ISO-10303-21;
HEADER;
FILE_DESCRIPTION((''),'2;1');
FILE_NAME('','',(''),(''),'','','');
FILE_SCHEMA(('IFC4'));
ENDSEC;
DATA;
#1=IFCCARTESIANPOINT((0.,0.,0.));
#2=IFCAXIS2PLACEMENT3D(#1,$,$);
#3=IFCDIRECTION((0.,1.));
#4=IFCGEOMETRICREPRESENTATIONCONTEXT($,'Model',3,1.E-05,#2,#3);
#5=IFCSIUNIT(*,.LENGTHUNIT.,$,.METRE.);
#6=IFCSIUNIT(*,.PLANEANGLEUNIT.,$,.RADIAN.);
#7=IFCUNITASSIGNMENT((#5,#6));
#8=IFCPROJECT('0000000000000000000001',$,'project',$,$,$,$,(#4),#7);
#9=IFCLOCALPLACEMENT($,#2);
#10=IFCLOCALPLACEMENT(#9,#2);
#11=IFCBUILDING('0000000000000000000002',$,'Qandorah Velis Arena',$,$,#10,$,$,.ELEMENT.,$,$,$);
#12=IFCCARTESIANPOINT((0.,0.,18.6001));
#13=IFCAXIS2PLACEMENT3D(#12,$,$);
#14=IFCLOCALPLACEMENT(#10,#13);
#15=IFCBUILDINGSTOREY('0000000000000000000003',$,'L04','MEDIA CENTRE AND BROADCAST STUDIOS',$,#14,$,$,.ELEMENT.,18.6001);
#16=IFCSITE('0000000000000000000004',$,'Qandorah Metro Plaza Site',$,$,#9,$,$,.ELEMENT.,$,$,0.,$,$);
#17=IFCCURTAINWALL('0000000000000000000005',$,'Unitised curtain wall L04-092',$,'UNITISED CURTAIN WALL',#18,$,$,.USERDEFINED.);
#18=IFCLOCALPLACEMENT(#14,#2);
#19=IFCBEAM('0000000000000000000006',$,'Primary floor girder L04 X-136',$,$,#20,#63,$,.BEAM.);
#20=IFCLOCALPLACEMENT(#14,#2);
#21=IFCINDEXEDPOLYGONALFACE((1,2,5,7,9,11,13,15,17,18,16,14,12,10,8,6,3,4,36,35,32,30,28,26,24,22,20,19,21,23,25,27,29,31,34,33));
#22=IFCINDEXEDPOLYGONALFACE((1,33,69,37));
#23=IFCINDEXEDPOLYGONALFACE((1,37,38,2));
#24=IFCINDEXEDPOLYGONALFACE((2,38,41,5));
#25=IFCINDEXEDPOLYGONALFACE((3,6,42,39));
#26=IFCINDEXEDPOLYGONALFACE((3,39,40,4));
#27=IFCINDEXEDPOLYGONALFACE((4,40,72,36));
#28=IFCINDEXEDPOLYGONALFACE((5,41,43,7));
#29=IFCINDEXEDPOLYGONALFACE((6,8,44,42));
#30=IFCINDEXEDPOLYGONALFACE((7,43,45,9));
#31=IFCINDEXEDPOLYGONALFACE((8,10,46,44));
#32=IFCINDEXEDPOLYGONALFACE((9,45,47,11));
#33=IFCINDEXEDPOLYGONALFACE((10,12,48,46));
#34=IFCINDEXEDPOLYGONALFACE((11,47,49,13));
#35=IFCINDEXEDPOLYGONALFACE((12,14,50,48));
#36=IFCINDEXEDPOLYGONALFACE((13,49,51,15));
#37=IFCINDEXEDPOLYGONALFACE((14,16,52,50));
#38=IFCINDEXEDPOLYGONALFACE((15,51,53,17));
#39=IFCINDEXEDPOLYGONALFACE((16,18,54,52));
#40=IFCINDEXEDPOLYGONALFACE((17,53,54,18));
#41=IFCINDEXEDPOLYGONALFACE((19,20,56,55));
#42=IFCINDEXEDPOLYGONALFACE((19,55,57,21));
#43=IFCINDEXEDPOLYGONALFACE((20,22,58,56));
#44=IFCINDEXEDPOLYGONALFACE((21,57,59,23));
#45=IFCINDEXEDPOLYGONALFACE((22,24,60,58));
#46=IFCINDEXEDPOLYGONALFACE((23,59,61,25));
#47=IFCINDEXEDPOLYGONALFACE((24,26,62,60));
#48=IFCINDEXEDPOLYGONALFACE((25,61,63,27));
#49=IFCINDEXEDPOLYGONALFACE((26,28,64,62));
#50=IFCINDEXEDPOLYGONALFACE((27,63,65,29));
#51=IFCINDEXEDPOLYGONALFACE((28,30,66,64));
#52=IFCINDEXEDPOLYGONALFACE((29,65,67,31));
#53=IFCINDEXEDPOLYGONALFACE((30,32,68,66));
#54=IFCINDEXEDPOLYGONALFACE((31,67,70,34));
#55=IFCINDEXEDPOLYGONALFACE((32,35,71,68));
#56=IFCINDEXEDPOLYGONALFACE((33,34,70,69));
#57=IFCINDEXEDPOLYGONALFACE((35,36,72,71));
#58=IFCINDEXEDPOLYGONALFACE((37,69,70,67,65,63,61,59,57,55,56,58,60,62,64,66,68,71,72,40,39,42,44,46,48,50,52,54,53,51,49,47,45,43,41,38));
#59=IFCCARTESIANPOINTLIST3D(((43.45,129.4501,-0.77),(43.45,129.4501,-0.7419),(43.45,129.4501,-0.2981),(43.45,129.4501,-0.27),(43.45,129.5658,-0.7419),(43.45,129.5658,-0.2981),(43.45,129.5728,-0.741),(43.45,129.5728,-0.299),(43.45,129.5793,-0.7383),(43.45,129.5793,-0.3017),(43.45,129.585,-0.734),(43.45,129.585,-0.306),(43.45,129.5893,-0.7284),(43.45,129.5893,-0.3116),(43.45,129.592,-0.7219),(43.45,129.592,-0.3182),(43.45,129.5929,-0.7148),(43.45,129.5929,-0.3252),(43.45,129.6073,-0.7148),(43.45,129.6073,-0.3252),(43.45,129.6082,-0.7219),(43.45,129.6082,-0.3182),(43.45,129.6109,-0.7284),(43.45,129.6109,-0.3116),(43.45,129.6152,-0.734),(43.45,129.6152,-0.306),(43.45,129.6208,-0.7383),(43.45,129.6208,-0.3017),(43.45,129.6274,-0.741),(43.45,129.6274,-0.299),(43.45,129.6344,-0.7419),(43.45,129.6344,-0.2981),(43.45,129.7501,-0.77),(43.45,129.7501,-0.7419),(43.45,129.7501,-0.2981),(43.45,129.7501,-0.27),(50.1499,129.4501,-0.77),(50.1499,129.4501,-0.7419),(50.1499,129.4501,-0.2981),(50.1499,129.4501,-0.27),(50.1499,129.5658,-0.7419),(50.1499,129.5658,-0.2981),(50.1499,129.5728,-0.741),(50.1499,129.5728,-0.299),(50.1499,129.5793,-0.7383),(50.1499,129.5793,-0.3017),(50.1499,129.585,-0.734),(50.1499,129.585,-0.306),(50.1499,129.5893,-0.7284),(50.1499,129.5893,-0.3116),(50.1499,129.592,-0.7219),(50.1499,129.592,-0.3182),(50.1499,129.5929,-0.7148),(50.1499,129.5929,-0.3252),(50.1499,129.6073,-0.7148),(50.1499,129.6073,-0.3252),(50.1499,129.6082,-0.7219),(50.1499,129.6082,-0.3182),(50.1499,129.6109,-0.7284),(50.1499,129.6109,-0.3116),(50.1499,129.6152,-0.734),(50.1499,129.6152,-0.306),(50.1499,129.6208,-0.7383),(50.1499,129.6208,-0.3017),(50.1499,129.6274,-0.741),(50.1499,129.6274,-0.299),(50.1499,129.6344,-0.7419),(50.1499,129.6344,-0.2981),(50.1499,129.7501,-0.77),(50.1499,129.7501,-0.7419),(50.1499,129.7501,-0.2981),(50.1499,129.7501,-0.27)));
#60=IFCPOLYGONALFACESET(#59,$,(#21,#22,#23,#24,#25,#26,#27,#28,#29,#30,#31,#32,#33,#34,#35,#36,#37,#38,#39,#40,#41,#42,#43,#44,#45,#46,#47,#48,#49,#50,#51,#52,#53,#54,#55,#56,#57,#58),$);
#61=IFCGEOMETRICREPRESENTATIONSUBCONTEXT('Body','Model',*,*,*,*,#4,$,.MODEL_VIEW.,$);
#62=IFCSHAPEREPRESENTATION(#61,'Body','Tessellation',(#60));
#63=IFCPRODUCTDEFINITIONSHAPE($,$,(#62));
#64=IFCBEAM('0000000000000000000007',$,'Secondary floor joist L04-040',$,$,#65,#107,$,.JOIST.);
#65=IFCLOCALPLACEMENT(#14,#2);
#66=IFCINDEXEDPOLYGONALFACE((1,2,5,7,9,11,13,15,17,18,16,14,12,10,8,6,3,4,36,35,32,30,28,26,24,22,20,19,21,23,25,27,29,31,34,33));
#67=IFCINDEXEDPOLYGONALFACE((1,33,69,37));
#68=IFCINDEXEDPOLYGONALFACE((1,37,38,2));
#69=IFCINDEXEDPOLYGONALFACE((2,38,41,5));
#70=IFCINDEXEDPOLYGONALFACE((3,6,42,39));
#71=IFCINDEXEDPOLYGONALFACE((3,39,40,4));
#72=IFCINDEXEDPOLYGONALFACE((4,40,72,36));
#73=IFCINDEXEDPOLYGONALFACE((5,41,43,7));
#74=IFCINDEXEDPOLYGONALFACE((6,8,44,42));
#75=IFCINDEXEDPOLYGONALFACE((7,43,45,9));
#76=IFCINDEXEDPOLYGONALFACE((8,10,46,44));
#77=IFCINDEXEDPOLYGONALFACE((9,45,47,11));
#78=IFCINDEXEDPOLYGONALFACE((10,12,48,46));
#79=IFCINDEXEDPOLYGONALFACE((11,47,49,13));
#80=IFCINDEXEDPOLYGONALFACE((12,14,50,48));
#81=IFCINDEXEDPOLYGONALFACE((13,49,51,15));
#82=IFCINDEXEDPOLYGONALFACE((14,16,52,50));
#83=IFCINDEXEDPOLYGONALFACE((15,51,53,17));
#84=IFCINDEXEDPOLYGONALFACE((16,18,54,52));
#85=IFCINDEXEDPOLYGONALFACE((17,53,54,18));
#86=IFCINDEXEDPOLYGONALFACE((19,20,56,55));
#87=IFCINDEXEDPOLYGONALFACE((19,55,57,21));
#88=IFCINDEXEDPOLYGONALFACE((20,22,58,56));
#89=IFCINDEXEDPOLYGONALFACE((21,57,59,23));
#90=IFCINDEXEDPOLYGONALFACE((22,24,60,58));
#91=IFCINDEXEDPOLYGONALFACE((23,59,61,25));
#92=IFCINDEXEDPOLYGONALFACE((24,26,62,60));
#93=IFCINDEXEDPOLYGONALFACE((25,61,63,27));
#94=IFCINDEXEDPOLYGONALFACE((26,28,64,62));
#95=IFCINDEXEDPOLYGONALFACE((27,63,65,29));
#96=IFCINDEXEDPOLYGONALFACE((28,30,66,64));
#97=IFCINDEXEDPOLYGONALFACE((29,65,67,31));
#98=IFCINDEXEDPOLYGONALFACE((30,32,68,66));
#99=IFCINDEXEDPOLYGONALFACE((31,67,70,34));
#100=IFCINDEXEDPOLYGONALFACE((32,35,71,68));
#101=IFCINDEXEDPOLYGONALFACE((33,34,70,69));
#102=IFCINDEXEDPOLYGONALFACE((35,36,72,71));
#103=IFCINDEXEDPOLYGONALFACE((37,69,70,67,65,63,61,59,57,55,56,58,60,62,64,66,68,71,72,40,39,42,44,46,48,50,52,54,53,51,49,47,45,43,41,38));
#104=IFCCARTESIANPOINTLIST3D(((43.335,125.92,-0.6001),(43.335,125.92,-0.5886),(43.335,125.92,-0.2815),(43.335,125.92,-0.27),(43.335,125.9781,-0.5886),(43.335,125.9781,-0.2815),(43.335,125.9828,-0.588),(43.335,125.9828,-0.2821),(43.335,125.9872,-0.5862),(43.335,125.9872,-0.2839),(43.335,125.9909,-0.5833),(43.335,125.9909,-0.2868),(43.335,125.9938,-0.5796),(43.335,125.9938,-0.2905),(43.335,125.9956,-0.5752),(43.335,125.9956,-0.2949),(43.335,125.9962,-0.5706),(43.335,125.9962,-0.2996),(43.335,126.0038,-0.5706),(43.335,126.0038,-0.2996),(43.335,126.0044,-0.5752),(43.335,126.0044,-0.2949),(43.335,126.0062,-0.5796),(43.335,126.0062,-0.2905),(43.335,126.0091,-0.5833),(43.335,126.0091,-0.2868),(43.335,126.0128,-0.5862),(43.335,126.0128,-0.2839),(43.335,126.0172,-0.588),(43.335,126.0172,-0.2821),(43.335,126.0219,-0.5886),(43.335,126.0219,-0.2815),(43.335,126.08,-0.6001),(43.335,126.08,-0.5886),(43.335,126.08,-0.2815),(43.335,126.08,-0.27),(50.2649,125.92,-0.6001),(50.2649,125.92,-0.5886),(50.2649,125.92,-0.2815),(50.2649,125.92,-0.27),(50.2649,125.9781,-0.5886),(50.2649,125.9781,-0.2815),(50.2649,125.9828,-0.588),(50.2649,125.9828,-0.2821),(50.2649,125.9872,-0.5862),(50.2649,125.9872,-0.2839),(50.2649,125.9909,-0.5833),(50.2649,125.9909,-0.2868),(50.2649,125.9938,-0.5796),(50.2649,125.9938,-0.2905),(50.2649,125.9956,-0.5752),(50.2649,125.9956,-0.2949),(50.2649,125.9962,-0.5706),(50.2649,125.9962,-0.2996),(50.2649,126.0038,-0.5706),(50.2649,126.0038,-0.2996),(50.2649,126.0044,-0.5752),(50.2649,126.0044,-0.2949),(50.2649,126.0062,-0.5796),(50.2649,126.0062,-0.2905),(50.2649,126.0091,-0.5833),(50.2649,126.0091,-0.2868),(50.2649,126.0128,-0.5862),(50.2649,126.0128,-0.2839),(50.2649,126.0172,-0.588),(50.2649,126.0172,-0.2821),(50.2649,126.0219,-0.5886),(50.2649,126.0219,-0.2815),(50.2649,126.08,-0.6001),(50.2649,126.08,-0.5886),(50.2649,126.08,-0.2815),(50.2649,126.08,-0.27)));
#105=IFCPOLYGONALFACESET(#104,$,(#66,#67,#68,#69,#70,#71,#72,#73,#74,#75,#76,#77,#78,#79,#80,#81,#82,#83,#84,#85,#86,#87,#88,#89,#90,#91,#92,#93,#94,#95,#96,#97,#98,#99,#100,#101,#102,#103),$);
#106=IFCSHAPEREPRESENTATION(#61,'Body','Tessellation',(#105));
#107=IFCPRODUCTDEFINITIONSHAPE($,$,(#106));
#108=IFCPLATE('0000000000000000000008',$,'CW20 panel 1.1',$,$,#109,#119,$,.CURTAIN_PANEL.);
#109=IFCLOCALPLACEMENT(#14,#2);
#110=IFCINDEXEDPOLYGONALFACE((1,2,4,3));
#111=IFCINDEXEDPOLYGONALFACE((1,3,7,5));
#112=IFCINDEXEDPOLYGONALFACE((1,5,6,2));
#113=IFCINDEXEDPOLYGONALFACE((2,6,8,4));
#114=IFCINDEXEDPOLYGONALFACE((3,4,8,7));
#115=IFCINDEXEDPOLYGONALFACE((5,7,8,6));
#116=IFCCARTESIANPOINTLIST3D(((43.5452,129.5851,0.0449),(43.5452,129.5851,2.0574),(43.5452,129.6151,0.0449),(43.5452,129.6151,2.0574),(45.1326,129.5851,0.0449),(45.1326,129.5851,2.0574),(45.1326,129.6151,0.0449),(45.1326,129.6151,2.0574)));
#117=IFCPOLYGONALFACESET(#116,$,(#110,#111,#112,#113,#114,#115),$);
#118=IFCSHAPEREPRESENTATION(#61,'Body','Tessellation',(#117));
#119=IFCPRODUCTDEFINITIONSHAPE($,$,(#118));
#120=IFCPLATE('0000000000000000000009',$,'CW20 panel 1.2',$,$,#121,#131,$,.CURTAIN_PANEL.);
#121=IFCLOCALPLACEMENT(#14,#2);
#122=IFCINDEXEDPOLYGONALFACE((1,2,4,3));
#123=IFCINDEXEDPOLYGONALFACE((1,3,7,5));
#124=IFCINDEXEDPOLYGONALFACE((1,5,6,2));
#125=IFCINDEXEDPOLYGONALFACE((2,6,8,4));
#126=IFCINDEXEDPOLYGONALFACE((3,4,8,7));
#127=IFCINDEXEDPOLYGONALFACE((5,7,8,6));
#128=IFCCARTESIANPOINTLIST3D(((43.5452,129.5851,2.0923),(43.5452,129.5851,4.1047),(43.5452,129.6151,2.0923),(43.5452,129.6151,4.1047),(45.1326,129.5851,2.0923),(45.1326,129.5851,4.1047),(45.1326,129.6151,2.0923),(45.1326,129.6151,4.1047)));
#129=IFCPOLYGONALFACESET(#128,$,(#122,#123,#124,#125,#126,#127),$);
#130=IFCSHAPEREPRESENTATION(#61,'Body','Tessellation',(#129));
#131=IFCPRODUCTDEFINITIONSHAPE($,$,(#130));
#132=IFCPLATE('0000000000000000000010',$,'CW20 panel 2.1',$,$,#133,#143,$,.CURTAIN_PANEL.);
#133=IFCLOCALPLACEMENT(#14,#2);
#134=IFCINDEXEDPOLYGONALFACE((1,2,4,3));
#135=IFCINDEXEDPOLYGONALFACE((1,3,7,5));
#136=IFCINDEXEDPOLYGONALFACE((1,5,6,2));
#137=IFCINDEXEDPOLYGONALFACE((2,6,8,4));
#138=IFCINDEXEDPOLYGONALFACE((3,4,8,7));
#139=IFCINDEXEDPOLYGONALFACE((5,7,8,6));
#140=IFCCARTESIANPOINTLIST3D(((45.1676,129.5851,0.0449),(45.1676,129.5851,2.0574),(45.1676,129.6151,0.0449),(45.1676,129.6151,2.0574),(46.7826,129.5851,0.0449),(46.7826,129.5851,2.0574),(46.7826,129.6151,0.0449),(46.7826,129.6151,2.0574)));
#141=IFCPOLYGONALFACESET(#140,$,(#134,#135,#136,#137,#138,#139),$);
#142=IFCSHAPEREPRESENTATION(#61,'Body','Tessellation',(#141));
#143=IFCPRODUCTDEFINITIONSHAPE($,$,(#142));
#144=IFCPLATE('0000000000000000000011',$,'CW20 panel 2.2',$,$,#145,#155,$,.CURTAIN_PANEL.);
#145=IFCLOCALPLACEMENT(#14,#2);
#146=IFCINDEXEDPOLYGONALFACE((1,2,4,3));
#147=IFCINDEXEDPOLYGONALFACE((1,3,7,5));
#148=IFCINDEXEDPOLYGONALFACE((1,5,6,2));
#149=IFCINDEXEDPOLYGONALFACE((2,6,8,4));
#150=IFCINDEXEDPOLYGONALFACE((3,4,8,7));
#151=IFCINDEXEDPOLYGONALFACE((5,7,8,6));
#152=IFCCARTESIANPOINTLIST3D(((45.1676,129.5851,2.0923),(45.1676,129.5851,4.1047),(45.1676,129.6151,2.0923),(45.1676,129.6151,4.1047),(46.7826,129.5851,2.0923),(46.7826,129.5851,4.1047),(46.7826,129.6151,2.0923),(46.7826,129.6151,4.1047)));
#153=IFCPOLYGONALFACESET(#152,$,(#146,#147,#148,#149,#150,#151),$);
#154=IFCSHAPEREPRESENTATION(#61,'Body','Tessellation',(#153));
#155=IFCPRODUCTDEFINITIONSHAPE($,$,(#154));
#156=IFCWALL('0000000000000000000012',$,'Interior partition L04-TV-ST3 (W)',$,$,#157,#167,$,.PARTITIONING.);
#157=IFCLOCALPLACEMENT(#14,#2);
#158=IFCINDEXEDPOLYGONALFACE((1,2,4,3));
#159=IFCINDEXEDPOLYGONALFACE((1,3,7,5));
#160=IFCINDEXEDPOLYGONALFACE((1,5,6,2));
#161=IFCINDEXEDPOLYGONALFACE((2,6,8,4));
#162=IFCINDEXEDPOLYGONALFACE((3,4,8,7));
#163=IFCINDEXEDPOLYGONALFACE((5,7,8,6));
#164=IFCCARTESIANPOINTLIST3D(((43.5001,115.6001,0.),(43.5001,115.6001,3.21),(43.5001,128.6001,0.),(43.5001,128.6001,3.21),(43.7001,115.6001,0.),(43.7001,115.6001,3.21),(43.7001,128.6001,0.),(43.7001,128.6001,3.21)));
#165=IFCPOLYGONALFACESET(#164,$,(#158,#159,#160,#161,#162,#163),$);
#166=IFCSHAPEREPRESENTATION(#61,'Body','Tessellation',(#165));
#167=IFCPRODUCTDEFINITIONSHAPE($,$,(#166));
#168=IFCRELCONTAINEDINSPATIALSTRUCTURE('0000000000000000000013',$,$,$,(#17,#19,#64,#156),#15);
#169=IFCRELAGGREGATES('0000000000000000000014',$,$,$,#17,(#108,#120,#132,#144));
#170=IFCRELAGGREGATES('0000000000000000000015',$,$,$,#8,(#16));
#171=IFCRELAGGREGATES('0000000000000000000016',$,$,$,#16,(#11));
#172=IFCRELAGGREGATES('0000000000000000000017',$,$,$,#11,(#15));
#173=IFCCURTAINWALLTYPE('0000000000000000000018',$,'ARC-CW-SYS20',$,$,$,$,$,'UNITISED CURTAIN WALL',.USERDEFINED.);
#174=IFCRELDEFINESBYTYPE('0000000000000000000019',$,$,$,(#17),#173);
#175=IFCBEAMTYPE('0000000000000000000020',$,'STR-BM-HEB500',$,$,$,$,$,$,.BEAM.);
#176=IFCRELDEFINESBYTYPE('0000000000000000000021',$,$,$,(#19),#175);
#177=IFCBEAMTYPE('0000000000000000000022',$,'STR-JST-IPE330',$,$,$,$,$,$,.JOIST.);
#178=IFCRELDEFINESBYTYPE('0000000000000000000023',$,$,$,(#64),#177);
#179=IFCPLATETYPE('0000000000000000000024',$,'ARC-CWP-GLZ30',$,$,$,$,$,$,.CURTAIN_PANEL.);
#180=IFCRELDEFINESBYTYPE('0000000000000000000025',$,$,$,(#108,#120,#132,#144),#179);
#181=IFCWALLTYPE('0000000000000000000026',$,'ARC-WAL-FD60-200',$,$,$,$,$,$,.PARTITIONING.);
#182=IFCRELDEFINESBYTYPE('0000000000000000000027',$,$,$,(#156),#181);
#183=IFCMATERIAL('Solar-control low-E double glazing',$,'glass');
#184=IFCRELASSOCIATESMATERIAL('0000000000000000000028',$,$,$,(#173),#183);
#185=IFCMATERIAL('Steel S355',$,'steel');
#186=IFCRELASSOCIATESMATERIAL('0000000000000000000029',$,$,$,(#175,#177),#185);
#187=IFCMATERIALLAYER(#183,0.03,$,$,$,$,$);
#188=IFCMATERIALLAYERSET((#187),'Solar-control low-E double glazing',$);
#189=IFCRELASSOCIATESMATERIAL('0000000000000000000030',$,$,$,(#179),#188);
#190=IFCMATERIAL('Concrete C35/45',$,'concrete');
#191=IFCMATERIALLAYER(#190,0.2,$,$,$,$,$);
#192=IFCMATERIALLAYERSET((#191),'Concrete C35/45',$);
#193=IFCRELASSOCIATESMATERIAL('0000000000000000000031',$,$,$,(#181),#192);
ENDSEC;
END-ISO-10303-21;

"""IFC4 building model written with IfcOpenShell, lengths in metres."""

from ifc_helpers import new_model, si_unit, direction, frame, frame_2d, origin, origin_2d, place, context, subcontext, project, spatial, rectangle, i_section, extrude, material, layer, layer_set, material_profile, profile_set, type_object, element, aggregate, save


model = new_model("IFC4")

# Units and contexts
model_context = context("Model", 3, precision=1e-05, world=origin(), true_north=direction((0.0, 1.0)))
body_context = subcontext(model_context, "Body", "Model", "MODEL_VIEW")
ifc_project = project(units=[si_unit("LENGTHUNIT", "METRE"), si_unit("PLANEANGLEUNIT", "RADIAN")], contexts=[model_context])

# Site, building, storey
site_placement = place(None, origin())
site = spatial("IfcSite", under=ifc_project, at=site_placement, Name="Qandorah Metro Plaza Site", CompositionType="ELEMENT", RefElevation=0.0)
building_placement = place(site_placement, origin())
building = spatial("IfcBuilding", under=site, at=building_placement, Name="Qandorah Velis Arena", CompositionType="ELEMENT")
storey_placement = place(building_placement, frame((0.0, 0.0, 18.6001)))
storey = spatial("IfcBuildingStorey", under=building, at=storey_placement, Name="L04", Description="MEDIA CENTRE AND BROADCAST STUDIOS", CompositionType="ELEMENT", Elevation=18.6001)

# Shared definitions
ifc_material_1 = material(Name="Steel S355", Category="steel")

# Curtain wall
ifc_material_2 = material(Name="Solar-control low-E double glazing", Category="glass")
curtain_wall_type = type_object("IfcCurtainWallType", Name="ARC-CW-SYS20", ElementType="UNITISED CURTAIN WALL", PredefinedType="USERDEFINED", material=ifc_material_2)
curtain_wall_placement = place(storey_placement, origin())
curtain_wall = element("IfcCurtainWall", 1, at=curtain_wall_placement, inside=storey, type_object=curtain_wall_type, Name="Unitised curtain wall L04-092", ObjectType="UNITISED CURTAIN WALL", PredefinedType="USERDEFINED")

# Beams
ifc_material_profile_1 = material_profile(ifc_material_1, i_section(OverallWidth=0.3, OverallDepth=0.5, WebThickness=0.0144, FlangeThickness=0.0281, FilletRadius=0.0271, at=origin_2d()), Name="HEB 500")
ifc_profile_set_1 = profile_set([ifc_material_profile_1], Name="Steel S355")
beam_type_1 = type_object("IfcBeamType", Name="STR-BM-HEB500", PredefinedType="BEAM", material=ifc_profile_set_1)
for number, where, z_axis, x_axis, name in (
    (2, (43.45, 129.6001, -0.52), (1.0, 0.0, 0.0), (0.0, 1.0, 0.0), "Primary floor girder L04 X-136"),
):
    element("IfcBeam", number, at=place(storey_placement, frame(where, z_axis=z_axis, x_axis=x_axis)), inside=storey, type_object=beam_type_1, Name=name, PredefinedType="BEAM", context=body_context, shape_type="SweptSolid", body=[
        extrude(i_section(OverallWidth=0.3, OverallDepth=0.5, WebThickness=0.0144, FlangeThickness=0.0281, FilletRadius=0.0271, at=origin_2d()), origin(), (0.0, 0.0, 1.0), 6.7),
    ])
ifc_material_profile_2 = material_profile(ifc_material_1, i_section(OverallWidth=0.1599, OverallDepth=0.3301, WebThickness=0.0076, FlangeThickness=0.0115, FilletRadius=0.0181, at=origin_2d()), Name="IPE 330")
ifc_profile_set_2 = profile_set([ifc_material_profile_2], Name="Steel S355")
beam_type_2 = type_object("IfcBeamType", Name="STR-JST-IPE330", PredefinedType="JOIST", material=ifc_profile_set_2)
beam_placement = place(storey_placement, frame((43.335, 126.0, -0.4351), z_axis=(1.0, 0.0, 0.0), x_axis=(0.0, 1.0, 0.0)))
element("IfcBeam", 3, at=beam_placement, inside=storey, type_object=beam_type_2, Name="Secondary floor joist L04-040", PredefinedType="JOIST", context=body_context, shape_type="SweptSolid", body=[
    extrude(i_section(OverallWidth=0.1599, OverallDepth=0.3301, WebThickness=0.0076, FlangeThickness=0.0115, FilletRadius=0.0181, at=origin_2d()), origin(), (0.0, 0.0, 1.0), 6.9299),
])

# Plates
ifc_layer_1 = layer(ifc_material_2, 0.03)
ifc_layer_set_1 = layer_set([ifc_layer_1], Name="Solar-control low-E double glazing")
plate_type = type_object("IfcPlateType", Name="ARC-CWP-GLZ30", PredefinedType="CURTAIN_PANEL", material=ifc_layer_set_1)
plate_1_placement = place(storey_placement, frame((44.3389, 129.6001, 0.0449), z_axis=(0.0, 0.0, 1.0), x_axis=(1.0, 0.0, 0.0)))
plate_1 = element("IfcPlate", 4, at=plate_1_placement, type_object=plate_type, Name="CW20 panel 1.1", PredefinedType="CURTAIN_PANEL", context=body_context, shape_type="SweptSolid", body=[
    extrude(rectangle(XDim=1.5874, YDim=0.03, at=origin_2d()), origin(), (0.0, 0.0, 1.0), 2.0125),
])
plate_2_placement = place(storey_placement, frame((44.3389, 129.6001, 2.0923), z_axis=(0.0, 0.0, 1.0), x_axis=(1.0, 0.0, 0.0)))
plate_2 = element("IfcPlate", 5, at=plate_2_placement, type_object=plate_type, Name="CW20 panel 1.2", PredefinedType="CURTAIN_PANEL", context=body_context, shape_type="SweptSolid", body=[
    extrude(rectangle(XDim=1.5874, YDim=0.03, at=origin_2d()), origin(), (0.0, 0.0, 1.0), 2.0125),
])
plate_3_placement = place(storey_placement, frame((45.9751, 129.6001, 0.0449), z_axis=(0.0, 0.0, 1.0), x_axis=(1.0, 0.0, 0.0)))
plate_3 = element("IfcPlate", 6, at=plate_3_placement, type_object=plate_type, Name="CW20 panel 2.1", PredefinedType="CURTAIN_PANEL", context=body_context, shape_type="SweptSolid", body=[
    extrude(rectangle(XDim=1.615, YDim=0.03, at=origin_2d()), origin(), (0.0, 0.0, 1.0), 2.0125),
])
plate_4_placement = place(storey_placement, frame((45.9751, 129.6001, 2.0923), z_axis=(0.0, 0.0, 1.0), x_axis=(1.0, 0.0, 0.0)))
plate_4 = element("IfcPlate", 7, at=plate_4_placement, type_object=plate_type, Name="CW20 panel 2.2", PredefinedType="CURTAIN_PANEL", context=body_context, shape_type="SweptSolid", body=[
    extrude(rectangle(XDim=1.615, YDim=0.03, at=origin_2d()), origin(), (0.0, 0.0, 1.0), 2.0125),
])
aggregate(curtain_wall, [plate_1, plate_2, plate_3, plate_4])

# Wall
ifc_material_3 = material(Name="Concrete C35/45", Category="concrete")
ifc_layer_2 = layer(ifc_material_3, 0.2)
ifc_layer_set_2 = layer_set([ifc_layer_2], Name="Concrete C35/45")
wall_type = type_object("IfcWallType", Name="ARC-WAL-FD60-200", PredefinedType="PARTITIONING", material=ifc_layer_set_2)
wall_placement = place(storey_placement, frame((43.6001, 128.6001, 0.0), z_axis=(0.0, 0.0, 1.0), x_axis=(0.0, -1.0, 0.0)))
element("IfcWall", 8, at=wall_placement, inside=storey, type_object=wall_type, Name="Interior partition L04-TV-ST3 (W)", PredefinedType="PARTITIONING", context=body_context, shape_type="SweptSolid", body=[
    extrude(rectangle(XDim=13.0, YDim=0.2, at=frame_2d((6.5, 0.0))), origin(), (0.0, 0.0, 1.0), 3.21),
])

save(model, "model.ifc")
